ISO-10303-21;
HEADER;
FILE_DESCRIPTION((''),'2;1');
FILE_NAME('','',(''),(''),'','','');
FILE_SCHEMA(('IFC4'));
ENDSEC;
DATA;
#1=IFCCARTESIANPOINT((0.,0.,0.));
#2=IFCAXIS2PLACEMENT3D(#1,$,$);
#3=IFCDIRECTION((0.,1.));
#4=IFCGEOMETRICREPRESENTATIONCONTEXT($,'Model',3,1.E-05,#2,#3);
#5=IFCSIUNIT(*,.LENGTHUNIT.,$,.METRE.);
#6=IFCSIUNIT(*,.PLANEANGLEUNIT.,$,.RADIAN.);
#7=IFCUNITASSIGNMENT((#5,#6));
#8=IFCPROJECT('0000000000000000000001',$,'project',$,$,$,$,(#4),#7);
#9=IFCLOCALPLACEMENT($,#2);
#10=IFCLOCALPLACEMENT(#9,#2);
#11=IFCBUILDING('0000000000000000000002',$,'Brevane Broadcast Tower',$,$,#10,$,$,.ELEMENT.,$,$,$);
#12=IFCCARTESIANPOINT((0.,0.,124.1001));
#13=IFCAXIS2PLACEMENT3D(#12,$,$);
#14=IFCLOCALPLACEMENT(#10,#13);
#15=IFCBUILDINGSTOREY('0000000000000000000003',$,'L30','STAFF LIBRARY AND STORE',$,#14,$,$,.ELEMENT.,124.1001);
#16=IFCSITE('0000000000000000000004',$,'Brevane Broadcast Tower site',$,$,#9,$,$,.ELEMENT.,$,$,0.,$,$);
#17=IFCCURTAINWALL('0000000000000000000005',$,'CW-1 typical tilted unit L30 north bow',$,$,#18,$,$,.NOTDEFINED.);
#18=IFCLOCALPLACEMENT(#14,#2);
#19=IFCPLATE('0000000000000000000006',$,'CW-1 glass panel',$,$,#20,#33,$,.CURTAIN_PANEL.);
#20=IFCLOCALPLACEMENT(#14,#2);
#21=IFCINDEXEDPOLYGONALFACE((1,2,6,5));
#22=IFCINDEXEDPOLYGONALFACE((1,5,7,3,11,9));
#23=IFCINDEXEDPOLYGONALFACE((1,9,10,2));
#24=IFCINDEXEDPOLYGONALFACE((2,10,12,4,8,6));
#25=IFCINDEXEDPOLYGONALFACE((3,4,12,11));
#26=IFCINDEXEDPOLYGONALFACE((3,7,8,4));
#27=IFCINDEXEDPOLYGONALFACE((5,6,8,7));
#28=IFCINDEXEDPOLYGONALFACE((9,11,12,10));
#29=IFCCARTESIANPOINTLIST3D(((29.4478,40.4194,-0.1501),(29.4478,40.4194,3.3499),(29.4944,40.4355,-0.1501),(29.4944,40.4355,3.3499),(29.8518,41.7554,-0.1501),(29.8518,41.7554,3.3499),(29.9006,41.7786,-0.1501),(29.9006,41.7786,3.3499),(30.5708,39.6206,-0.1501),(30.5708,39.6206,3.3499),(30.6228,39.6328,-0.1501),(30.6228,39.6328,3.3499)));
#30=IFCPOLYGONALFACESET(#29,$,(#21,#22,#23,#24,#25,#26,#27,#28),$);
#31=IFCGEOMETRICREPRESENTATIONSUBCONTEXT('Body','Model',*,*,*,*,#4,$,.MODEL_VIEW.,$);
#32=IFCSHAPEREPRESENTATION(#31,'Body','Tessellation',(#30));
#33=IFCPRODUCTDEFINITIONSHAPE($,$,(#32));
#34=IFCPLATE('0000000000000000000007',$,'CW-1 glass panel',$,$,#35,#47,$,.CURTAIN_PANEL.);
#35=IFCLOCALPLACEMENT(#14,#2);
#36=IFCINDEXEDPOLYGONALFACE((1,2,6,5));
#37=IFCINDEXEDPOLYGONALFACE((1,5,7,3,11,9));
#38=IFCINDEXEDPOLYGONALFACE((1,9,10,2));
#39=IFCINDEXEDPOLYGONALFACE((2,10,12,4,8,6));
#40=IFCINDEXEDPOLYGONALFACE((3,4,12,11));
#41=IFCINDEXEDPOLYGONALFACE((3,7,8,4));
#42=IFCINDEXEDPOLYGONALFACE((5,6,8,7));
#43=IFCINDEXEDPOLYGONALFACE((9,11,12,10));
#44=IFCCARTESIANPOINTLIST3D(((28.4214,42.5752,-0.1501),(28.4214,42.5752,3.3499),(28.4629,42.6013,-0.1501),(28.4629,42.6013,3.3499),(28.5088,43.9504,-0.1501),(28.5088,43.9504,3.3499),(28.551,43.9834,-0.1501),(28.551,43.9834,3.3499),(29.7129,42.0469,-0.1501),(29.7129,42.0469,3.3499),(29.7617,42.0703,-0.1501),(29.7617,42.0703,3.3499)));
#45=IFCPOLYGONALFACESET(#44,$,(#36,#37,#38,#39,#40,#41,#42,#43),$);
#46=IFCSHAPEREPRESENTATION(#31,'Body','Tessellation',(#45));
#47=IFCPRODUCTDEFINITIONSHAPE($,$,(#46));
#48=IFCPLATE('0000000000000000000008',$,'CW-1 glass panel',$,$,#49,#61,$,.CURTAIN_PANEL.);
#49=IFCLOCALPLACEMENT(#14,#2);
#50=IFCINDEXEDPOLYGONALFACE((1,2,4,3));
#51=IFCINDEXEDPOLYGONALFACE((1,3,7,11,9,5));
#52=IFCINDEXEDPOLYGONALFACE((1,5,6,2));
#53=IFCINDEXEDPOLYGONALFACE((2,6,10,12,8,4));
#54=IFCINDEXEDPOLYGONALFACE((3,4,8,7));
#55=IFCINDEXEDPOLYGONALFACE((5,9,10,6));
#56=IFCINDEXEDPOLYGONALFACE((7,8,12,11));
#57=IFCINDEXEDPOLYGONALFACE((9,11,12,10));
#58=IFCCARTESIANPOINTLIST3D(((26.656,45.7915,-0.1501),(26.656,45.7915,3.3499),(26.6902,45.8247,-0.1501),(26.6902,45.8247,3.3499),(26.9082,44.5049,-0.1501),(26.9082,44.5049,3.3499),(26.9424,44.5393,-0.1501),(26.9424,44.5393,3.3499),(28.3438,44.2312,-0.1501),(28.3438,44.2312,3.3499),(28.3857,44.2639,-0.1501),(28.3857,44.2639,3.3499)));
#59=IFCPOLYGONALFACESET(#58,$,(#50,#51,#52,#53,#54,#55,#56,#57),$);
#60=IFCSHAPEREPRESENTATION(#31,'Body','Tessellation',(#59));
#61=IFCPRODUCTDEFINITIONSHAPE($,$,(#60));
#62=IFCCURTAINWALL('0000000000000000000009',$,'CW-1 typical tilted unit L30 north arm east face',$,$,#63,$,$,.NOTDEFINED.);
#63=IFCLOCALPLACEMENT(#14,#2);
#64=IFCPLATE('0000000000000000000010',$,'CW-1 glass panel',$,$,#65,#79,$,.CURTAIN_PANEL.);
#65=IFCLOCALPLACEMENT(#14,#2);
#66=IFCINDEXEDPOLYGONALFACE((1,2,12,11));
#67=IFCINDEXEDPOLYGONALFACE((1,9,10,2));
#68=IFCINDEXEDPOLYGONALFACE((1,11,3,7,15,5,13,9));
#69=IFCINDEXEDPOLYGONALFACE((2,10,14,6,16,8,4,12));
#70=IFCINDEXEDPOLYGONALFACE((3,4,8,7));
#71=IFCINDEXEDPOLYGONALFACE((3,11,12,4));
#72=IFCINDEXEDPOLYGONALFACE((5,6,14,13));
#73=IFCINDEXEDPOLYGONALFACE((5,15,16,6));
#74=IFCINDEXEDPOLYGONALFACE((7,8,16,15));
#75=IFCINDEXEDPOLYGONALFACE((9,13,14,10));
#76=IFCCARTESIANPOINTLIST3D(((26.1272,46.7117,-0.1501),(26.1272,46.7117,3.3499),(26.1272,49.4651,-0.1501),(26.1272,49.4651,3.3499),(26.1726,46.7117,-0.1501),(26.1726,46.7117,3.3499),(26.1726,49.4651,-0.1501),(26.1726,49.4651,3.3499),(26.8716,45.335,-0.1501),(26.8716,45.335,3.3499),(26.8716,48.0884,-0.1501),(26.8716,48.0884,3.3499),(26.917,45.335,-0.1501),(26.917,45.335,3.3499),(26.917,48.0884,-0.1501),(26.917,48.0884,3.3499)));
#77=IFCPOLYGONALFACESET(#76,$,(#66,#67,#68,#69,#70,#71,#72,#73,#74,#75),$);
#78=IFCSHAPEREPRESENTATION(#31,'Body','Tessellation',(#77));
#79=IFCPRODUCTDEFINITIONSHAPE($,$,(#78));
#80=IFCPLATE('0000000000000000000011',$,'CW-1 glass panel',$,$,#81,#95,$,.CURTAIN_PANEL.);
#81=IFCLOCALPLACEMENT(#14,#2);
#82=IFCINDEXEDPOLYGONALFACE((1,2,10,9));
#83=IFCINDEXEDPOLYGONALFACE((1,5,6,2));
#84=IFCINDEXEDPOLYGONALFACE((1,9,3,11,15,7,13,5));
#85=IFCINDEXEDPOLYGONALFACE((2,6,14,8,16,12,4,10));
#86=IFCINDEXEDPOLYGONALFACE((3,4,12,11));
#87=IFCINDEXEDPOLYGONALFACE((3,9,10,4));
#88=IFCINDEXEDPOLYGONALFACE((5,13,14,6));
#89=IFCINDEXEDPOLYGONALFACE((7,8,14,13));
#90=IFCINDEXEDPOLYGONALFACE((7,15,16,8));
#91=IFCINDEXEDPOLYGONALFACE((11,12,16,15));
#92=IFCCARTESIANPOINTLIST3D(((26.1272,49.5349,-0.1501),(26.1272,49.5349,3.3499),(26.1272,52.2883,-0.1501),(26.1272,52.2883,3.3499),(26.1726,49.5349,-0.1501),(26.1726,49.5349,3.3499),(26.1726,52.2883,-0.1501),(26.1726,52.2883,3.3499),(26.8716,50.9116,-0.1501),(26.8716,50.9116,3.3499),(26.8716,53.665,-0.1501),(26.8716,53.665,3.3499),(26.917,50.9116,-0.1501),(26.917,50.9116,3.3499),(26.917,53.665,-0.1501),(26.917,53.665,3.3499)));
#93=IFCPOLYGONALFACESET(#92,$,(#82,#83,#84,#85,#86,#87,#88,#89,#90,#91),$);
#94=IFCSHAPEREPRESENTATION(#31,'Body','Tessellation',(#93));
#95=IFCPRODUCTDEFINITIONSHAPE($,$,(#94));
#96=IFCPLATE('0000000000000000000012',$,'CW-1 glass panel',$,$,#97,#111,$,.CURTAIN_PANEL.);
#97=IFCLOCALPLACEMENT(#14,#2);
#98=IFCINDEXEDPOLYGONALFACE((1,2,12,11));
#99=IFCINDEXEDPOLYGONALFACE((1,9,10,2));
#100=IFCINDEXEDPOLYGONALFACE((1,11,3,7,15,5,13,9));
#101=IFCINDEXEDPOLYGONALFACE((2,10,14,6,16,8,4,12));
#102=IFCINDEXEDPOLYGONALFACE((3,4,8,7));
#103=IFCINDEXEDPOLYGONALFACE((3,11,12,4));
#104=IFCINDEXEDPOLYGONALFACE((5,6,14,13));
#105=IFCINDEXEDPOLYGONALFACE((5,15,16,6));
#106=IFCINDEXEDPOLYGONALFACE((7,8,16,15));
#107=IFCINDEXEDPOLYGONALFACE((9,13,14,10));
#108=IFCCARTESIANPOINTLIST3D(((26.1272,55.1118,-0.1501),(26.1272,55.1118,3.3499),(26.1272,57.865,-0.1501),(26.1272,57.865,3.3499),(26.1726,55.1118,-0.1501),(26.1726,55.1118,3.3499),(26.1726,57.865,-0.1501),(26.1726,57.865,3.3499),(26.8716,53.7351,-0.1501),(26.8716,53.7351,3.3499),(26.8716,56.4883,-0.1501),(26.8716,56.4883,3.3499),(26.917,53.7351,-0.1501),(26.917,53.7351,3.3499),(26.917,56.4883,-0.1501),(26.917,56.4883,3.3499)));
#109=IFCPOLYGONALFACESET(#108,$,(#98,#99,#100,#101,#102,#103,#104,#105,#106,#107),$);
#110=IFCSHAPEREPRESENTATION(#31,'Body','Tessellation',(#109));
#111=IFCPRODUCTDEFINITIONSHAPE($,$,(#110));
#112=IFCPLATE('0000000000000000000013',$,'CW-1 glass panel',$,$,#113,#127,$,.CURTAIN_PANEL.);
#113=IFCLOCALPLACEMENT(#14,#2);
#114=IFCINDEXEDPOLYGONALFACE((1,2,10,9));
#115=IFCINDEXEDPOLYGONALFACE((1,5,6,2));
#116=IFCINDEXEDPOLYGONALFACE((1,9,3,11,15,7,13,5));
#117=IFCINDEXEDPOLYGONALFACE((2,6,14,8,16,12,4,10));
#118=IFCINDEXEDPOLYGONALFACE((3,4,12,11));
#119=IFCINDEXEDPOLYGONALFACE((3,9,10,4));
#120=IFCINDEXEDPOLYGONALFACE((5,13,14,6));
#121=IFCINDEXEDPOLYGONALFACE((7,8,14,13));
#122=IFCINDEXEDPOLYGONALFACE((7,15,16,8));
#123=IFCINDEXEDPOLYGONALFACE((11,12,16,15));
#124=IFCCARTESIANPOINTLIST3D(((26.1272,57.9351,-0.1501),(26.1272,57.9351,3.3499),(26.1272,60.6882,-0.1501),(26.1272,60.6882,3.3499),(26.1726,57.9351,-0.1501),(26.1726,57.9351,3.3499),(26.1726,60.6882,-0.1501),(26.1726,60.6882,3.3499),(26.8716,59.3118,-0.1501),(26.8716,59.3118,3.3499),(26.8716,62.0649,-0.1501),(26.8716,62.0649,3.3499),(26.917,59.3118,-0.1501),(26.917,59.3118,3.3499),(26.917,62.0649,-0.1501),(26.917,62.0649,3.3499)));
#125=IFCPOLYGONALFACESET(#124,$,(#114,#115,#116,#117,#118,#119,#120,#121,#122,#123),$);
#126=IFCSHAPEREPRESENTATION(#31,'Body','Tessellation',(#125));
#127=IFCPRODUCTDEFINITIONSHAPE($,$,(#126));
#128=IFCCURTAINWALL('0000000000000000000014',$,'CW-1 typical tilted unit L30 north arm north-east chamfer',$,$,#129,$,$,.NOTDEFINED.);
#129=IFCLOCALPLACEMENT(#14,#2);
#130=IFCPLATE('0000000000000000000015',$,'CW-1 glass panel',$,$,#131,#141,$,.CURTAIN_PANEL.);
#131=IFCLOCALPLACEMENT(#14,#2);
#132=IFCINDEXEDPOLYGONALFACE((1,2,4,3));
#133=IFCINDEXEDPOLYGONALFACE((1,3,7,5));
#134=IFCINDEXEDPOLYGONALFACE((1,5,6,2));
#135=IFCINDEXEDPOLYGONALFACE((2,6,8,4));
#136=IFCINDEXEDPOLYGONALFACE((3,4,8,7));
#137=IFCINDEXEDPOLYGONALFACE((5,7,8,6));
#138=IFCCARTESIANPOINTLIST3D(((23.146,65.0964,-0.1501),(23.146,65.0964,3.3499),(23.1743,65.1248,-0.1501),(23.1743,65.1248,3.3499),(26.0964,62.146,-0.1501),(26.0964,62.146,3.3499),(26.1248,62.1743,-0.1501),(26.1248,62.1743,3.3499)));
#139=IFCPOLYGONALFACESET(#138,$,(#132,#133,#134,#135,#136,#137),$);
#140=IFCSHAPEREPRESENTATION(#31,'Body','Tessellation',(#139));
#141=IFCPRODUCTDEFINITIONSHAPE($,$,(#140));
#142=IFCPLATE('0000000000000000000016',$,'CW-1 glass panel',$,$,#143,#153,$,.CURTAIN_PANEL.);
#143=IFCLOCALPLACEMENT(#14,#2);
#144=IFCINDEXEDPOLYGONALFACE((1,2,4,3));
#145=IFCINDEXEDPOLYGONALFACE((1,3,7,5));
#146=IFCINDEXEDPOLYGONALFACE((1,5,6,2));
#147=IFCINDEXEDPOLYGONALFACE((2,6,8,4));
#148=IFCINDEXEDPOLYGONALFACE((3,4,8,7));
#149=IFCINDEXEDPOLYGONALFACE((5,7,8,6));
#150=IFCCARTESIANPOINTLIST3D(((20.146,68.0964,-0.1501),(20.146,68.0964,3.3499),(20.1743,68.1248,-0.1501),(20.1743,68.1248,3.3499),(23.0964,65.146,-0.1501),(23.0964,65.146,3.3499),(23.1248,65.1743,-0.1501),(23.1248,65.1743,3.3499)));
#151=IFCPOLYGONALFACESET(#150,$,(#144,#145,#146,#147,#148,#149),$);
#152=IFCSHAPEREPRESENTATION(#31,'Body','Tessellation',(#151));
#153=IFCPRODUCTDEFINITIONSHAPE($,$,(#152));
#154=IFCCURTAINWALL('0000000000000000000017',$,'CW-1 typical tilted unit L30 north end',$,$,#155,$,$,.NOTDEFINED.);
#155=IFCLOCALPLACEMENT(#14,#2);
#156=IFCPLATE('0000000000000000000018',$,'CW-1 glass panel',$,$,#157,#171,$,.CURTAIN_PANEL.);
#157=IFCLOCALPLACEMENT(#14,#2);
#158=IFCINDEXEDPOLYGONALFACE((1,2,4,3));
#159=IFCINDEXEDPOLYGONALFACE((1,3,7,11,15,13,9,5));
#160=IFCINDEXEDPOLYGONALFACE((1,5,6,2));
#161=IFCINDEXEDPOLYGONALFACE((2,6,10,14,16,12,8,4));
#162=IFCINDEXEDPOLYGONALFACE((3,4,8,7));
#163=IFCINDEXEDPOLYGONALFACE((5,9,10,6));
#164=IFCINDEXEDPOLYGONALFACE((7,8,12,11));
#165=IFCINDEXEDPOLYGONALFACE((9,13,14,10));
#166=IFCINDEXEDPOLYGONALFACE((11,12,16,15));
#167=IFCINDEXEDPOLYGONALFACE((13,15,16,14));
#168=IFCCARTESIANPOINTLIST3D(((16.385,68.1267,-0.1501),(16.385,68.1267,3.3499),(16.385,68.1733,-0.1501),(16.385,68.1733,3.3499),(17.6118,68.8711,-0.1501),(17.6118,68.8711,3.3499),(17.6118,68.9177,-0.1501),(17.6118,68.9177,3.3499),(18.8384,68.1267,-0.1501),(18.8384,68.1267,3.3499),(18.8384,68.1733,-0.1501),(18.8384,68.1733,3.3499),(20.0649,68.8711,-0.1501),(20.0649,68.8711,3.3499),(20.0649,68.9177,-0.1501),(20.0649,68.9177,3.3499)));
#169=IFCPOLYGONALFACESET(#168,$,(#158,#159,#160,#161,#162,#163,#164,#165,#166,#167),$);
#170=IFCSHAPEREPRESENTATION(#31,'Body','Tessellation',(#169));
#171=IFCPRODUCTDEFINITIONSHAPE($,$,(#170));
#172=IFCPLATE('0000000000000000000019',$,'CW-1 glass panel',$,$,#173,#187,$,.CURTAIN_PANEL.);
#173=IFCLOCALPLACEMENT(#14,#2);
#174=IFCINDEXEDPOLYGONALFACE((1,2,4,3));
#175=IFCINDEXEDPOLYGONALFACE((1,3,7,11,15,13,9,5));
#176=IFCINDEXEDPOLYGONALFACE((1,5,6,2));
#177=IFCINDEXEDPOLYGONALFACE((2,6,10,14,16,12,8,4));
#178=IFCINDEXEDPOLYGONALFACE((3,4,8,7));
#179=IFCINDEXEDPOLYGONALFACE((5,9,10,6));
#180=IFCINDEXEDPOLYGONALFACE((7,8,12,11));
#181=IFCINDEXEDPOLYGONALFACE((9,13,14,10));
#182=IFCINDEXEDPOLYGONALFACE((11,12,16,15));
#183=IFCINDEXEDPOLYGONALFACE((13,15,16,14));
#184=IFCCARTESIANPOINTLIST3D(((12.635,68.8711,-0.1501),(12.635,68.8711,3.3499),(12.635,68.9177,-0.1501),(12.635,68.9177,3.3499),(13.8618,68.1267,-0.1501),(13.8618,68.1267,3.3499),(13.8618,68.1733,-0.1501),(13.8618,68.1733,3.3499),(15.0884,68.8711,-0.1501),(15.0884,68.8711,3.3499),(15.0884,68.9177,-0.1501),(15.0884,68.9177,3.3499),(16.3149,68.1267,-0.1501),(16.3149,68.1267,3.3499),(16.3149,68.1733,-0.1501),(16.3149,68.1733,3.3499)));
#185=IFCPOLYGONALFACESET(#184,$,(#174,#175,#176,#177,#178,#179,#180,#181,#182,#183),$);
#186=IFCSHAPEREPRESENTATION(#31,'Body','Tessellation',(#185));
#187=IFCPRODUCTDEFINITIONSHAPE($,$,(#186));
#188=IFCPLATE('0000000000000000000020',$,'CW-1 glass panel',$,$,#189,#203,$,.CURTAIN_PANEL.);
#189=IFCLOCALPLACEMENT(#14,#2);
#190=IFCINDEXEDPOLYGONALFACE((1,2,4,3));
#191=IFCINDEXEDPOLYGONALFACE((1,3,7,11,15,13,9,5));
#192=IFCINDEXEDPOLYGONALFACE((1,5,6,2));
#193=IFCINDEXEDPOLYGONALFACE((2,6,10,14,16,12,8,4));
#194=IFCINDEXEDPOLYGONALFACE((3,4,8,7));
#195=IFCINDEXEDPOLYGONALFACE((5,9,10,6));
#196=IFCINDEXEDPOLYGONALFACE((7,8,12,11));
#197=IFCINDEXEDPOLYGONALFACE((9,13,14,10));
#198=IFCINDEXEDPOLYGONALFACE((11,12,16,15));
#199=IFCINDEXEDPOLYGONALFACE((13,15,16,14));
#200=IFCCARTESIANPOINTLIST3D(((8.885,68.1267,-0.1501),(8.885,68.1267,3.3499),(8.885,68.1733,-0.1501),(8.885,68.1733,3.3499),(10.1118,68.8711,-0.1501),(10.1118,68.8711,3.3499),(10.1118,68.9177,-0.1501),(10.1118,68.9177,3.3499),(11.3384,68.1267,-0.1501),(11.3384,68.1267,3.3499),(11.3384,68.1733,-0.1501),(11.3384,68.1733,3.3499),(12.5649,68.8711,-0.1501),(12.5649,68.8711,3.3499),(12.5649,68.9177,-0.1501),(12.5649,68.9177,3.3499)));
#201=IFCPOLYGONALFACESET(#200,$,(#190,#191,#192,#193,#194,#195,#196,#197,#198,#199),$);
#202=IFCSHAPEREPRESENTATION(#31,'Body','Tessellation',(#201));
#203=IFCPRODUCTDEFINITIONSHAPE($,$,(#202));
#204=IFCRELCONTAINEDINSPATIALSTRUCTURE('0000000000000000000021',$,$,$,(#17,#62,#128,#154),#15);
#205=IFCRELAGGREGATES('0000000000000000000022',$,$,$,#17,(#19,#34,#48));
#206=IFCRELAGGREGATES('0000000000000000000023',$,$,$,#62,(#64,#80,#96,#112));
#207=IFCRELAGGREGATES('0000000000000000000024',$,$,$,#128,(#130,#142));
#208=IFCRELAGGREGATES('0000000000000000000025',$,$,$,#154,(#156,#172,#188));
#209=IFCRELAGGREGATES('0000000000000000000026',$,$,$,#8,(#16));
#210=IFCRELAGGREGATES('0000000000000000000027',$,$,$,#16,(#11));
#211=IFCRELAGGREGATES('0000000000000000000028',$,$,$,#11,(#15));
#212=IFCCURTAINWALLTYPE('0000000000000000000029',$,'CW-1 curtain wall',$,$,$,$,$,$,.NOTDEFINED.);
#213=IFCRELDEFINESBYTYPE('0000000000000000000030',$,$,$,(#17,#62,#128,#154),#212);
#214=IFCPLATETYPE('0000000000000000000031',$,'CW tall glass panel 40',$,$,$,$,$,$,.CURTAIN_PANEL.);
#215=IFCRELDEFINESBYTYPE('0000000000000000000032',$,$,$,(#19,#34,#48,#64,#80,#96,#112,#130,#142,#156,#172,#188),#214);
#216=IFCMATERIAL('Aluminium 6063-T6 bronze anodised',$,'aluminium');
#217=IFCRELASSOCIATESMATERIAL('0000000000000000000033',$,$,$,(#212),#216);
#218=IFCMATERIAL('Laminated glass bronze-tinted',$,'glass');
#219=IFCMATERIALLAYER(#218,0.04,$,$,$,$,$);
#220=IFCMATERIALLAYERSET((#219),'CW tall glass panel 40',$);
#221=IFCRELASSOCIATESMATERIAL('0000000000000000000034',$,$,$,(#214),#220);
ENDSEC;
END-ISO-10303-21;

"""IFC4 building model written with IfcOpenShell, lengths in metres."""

from ifc_helpers import new_model, si_unit, direction, frame, origin, place, context, subcontext, project, spatial, polyline, outline, extrude, material, layer, layer_set, type_object, element, aggregate, save


model = new_model("IFC4")

# Units and contexts
model_context = context("Model", 3, precision=1e-05, world=origin(), true_north=direction((0.0, 1.0)))
body_context = subcontext(model_context, "Body", "Model", "MODEL_VIEW")
ifc_project = project(units=[si_unit("LENGTHUNIT", "METRE"), si_unit("PLANEANGLEUNIT", "RADIAN")], contexts=[model_context])

# Site, building, storey
site_placement = place(None, origin())
site = spatial("IfcSite", under=ifc_project, at=site_placement, Name="Brevane Broadcast Tower site", CompositionType="ELEMENT", RefElevation=0.0)
building_placement = place(site_placement, origin())
building = spatial("IfcBuilding", under=site, at=building_placement, Name="Brevane Broadcast Tower", CompositionType="ELEMENT")
storey_placement = place(building_placement, frame((0.0, 0.0, 124.1001)))
storey = spatial("IfcBuildingStorey", under=building, at=storey_placement, Name="L30", Description="STAFF LIBRARY AND STORE", CompositionType="ELEMENT", Elevation=124.1001)

# Shared definitions
ifc_material_1 = material(Name="Aluminium 6063-T6 bronze anodised", Category="aluminium")
curtain_wall_type = type_object("IfcCurtainWallType", Name="CW-1 curtain wall", PredefinedType="NOTDEFINED", material=ifc_material_1)

# Curtain walls, plates
ifc_material_2 = material(Name="Laminated glass bronze-tinted", Category="glass")
ifc_layer = layer(ifc_material_2, 0.04)
ifc_layer_set = layer_set([ifc_layer], Name="CW tall glass panel 40")
plate_type = type_object("IfcPlateType", Name="CW tall glass panel 40", PredefinedType="CURTAIN_PANEL", material=ifc_layer_set)
curtain_wall_1_placement = place(storey_placement, origin())
curtain_wall_1 = element("IfcCurtainWall", 1, at=curtain_wall_1_placement, inside=storey, type_object=curtain_wall_type, Name="CW-1 typical tilted unit L30 north bow", PredefinedType="NOTDEFINED")
plate_1_placement = place(storey_placement, frame((0.0, 0.0, -0.1501)))
plate_1 = element("IfcPlate", 2, at=plate_1_placement, type_object=plate_type, Name="CW-1 glass panel", PredefinedType="CURTAIN_PANEL", context=body_context, shape_type="SweptSolid", body=[
    extrude(outline(polyline([(30.5708, 39.6206), (30.6228, 39.6328), (29.4944, 40.4355), (29.9006, 41.7786), (29.8518, 41.7554), (29.4478, 40.4194), (30.5708, 39.6206)])), origin(), (0.0, 0.0, 1.0), 3.5),
])
plate_2_placement = place(storey_placement, frame((0.0, 0.0, -0.1501)))
plate_2 = element("IfcPlate", 3, at=plate_2_placement, type_object=plate_type, Name="CW-1 glass panel", PredefinedType="CURTAIN_PANEL", context=body_context, shape_type="SweptSolid", body=[
    extrude(outline(polyline([(29.7129, 42.0469), (29.7617, 42.0703), (28.4629, 42.6013), (28.551, 43.9834), (28.5088, 43.9504), (28.4214, 42.5752), (29.7129, 42.0469)])), origin(), (0.0, 0.0, 1.0), 3.5),
])
plate_3_placement = place(storey_placement, frame((0.0, 0.0, -0.1501)))
plate_3 = element("IfcPlate", 4, at=plate_3_placement, type_object=plate_type, Name="CW-1 glass panel", PredefinedType="CURTAIN_PANEL", context=body_context, shape_type="SweptSolid", body=[
    extrude(outline(polyline([(28.3438, 44.2312), (28.3857, 44.2639), (26.9424, 44.5393), (26.6902, 45.8247), (26.656, 45.7915), (26.9082, 44.5049), (28.3438, 44.2312)])), origin(), (0.0, 0.0, 1.0), 3.5),
])
aggregate(curtain_wall_1, [plate_1, plate_2, plate_3])
curtain_wall_2_placement = place(storey_placement, origin())
curtain_wall_2 = element("IfcCurtainWall", 5, at=curtain_wall_2_placement, inside=storey, type_object=curtain_wall_type, Name="CW-1 typical tilted unit L30 north arm east face", PredefinedType="NOTDEFINED")
plate_4_placement = place(storey_placement, frame((0.0, 0.0, -0.1501)))
plate_4 = element("IfcPlate", 6, at=plate_4_placement, type_object=plate_type, Name="CW-1 glass panel", PredefinedType="CURTAIN_PANEL", context=body_context, shape_type="SweptSolid", body=[
    extrude(outline(polyline([(26.8716, 45.335), (26.917, 45.335), (26.1726, 46.7117), (26.917, 48.0884), (26.1726, 49.4651), (26.1272, 49.4651), (26.8716, 48.0884), (26.1272, 46.7117), (26.8716, 45.335)])), origin(), (0.0, 0.0, 1.0), 3.5),
])
plate_5_placement = place(storey_placement, frame((0.0, 0.0, -0.1501)))
plate_5 = element("IfcPlate", 7, at=plate_5_placement, type_object=plate_type, Name="CW-1 glass panel", PredefinedType="CURTAIN_PANEL", context=body_context, shape_type="SweptSolid", body=[
    extrude(outline(polyline([(26.1272, 49.5349), (26.1726, 49.5349), (26.917, 50.9116), (26.1726, 52.2883), (26.917, 53.665), (26.8716, 53.665), (26.1272, 52.2883), (26.8716, 50.9116), (26.1272, 49.5349)])), origin(), (0.0, 0.0, 1.0), 3.5),
])
plate_6_placement = place(storey_placement, frame((0.0, 0.0, -0.1501)))
plate_6 = element("IfcPlate", 8, at=plate_6_placement, type_object=plate_type, Name="CW-1 glass panel", PredefinedType="CURTAIN_PANEL", context=body_context, shape_type="SweptSolid", body=[
    extrude(outline(polyline([(26.8716, 53.7351), (26.917, 53.7351), (26.1726, 55.1118), (26.917, 56.4883), (26.1726, 57.865), (26.1272, 57.865), (26.8716, 56.4883), (26.1272, 55.1118), (26.8716, 53.7351)])), origin(), (0.0, 0.0, 1.0), 3.5),
])
plate_7_placement = place(storey_placement, frame((0.0, 0.0, -0.1501)))
plate_7 = element("IfcPlate", 9, at=plate_7_placement, type_object=plate_type, Name="CW-1 glass panel", PredefinedType="CURTAIN_PANEL", context=body_context, shape_type="SweptSolid", body=[
    extrude(outline(polyline([(26.1272, 57.9351), (26.1726, 57.9351), (26.917, 59.3118), (26.1726, 60.6882), (26.917, 62.0649), (26.8716, 62.0649), (26.1272, 60.6882), (26.8716, 59.3118), (26.1272, 57.9351)])), origin(), (0.0, 0.0, 1.0), 3.5),
])
aggregate(curtain_wall_2, [plate_4, plate_5, plate_6, plate_7])
curtain_wall_3_placement = place(storey_placement, origin())
curtain_wall_3 = element("IfcCurtainWall", 10, at=curtain_wall_3_placement, inside=storey, type_object=curtain_wall_type, Name="CW-1 typical tilted unit L30 north arm north-east chamfer", PredefinedType="NOTDEFINED")
plate_8_placement = place(storey_placement, frame((0.0, 0.0, -0.1501)))
plate_8 = element("IfcPlate", 11, at=plate_8_placement, type_object=plate_type, Name="CW-1 glass panel", PredefinedType="CURTAIN_PANEL", context=body_context, shape_type="SweptSolid", body=[
    extrude(outline(polyline([(26.0964, 62.146), (23.146, 65.0964), (23.1743, 65.1248), (26.1248, 62.1743), (26.0964, 62.146)])), origin(), (0.0, 0.0, 1.0), 3.5),
])
plate_9_placement = place(storey_placement, frame((0.0, 0.0, -0.1501)))
plate_9 = element("IfcPlate", 12, at=plate_9_placement, type_object=plate_type, Name="CW-1 glass panel", PredefinedType="CURTAIN_PANEL", context=body_context, shape_type="SweptSolid", body=[
    extrude(outline(polyline([(23.0964, 65.146), (20.146, 68.0964), (20.1743, 68.1248), (23.1248, 65.1743), (23.0964, 65.146)])), origin(), (0.0, 0.0, 1.0), 3.5),
])
aggregate(curtain_wall_3, [plate_8, plate_9])
curtain_wall_4_placement = place(storey_placement, origin())
curtain_wall_4 = element("IfcCurtainWall", 13, at=curtain_wall_4_placement, inside=storey, type_object=curtain_wall_type, Name="CW-1 typical tilted unit L30 north end", PredefinedType="NOTDEFINED")
plate_10_placement = place(storey_placement, frame((0.0, 0.0, -0.1501)))
plate_10 = element("IfcPlate", 14, at=plate_10_placement, type_object=plate_type, Name="CW-1 glass panel", PredefinedType="CURTAIN_PANEL", context=body_context, shape_type="SweptSolid", body=[
    extrude(outline(polyline([(20.0649, 68.8711), (20.0649, 68.9177), (18.8384, 68.1733), (17.6118, 68.9177), (16.385, 68.1733), (16.385, 68.1267), (17.6118, 68.8711), (18.8384, 68.1267), (20.0649, 68.8711)])), origin(), (0.0, 0.0, 1.0), 3.5),
])
plate_11_placement = place(storey_placement, frame((0.0, 0.0, -0.1501)))
plate_11 = element("IfcPlate", 15, at=plate_11_placement, type_object=plate_type, Name="CW-1 glass panel", PredefinedType="CURTAIN_PANEL", context=body_context, shape_type="SweptSolid", body=[
    extrude(outline(polyline([(16.3149, 68.1267), (16.3149, 68.1733), (15.0884, 68.9177), (13.8618, 68.1733), (12.635, 68.9177), (12.635, 68.8711), (13.8618, 68.1267), (15.0884, 68.8711), (16.3149, 68.1267)])), origin(), (0.0, 0.0, 1.0), 3.5),
])
plate_12_placement = place(storey_placement, frame((0.0, 0.0, -0.1501)))
plate_12 = element("IfcPlate", 16, at=plate_12_placement, type_object=plate_type, Name="CW-1 glass panel", PredefinedType="CURTAIN_PANEL", context=body_context, shape_type="SweptSolid", body=[
    extrude(outline(polyline([(12.5649, 68.8711), (12.5649, 68.9177), (11.3384, 68.1733), (10.1118, 68.9177), (8.885, 68.1733), (8.885, 68.1267), (10.1118, 68.8711), (11.3384, 68.1267), (12.5649, 68.8711)])), origin(), (0.0, 0.0, 1.0), 3.5),
])
aggregate(curtain_wall_4, [plate_10, plate_11, plate_12])

save(model, "model.ifc")
